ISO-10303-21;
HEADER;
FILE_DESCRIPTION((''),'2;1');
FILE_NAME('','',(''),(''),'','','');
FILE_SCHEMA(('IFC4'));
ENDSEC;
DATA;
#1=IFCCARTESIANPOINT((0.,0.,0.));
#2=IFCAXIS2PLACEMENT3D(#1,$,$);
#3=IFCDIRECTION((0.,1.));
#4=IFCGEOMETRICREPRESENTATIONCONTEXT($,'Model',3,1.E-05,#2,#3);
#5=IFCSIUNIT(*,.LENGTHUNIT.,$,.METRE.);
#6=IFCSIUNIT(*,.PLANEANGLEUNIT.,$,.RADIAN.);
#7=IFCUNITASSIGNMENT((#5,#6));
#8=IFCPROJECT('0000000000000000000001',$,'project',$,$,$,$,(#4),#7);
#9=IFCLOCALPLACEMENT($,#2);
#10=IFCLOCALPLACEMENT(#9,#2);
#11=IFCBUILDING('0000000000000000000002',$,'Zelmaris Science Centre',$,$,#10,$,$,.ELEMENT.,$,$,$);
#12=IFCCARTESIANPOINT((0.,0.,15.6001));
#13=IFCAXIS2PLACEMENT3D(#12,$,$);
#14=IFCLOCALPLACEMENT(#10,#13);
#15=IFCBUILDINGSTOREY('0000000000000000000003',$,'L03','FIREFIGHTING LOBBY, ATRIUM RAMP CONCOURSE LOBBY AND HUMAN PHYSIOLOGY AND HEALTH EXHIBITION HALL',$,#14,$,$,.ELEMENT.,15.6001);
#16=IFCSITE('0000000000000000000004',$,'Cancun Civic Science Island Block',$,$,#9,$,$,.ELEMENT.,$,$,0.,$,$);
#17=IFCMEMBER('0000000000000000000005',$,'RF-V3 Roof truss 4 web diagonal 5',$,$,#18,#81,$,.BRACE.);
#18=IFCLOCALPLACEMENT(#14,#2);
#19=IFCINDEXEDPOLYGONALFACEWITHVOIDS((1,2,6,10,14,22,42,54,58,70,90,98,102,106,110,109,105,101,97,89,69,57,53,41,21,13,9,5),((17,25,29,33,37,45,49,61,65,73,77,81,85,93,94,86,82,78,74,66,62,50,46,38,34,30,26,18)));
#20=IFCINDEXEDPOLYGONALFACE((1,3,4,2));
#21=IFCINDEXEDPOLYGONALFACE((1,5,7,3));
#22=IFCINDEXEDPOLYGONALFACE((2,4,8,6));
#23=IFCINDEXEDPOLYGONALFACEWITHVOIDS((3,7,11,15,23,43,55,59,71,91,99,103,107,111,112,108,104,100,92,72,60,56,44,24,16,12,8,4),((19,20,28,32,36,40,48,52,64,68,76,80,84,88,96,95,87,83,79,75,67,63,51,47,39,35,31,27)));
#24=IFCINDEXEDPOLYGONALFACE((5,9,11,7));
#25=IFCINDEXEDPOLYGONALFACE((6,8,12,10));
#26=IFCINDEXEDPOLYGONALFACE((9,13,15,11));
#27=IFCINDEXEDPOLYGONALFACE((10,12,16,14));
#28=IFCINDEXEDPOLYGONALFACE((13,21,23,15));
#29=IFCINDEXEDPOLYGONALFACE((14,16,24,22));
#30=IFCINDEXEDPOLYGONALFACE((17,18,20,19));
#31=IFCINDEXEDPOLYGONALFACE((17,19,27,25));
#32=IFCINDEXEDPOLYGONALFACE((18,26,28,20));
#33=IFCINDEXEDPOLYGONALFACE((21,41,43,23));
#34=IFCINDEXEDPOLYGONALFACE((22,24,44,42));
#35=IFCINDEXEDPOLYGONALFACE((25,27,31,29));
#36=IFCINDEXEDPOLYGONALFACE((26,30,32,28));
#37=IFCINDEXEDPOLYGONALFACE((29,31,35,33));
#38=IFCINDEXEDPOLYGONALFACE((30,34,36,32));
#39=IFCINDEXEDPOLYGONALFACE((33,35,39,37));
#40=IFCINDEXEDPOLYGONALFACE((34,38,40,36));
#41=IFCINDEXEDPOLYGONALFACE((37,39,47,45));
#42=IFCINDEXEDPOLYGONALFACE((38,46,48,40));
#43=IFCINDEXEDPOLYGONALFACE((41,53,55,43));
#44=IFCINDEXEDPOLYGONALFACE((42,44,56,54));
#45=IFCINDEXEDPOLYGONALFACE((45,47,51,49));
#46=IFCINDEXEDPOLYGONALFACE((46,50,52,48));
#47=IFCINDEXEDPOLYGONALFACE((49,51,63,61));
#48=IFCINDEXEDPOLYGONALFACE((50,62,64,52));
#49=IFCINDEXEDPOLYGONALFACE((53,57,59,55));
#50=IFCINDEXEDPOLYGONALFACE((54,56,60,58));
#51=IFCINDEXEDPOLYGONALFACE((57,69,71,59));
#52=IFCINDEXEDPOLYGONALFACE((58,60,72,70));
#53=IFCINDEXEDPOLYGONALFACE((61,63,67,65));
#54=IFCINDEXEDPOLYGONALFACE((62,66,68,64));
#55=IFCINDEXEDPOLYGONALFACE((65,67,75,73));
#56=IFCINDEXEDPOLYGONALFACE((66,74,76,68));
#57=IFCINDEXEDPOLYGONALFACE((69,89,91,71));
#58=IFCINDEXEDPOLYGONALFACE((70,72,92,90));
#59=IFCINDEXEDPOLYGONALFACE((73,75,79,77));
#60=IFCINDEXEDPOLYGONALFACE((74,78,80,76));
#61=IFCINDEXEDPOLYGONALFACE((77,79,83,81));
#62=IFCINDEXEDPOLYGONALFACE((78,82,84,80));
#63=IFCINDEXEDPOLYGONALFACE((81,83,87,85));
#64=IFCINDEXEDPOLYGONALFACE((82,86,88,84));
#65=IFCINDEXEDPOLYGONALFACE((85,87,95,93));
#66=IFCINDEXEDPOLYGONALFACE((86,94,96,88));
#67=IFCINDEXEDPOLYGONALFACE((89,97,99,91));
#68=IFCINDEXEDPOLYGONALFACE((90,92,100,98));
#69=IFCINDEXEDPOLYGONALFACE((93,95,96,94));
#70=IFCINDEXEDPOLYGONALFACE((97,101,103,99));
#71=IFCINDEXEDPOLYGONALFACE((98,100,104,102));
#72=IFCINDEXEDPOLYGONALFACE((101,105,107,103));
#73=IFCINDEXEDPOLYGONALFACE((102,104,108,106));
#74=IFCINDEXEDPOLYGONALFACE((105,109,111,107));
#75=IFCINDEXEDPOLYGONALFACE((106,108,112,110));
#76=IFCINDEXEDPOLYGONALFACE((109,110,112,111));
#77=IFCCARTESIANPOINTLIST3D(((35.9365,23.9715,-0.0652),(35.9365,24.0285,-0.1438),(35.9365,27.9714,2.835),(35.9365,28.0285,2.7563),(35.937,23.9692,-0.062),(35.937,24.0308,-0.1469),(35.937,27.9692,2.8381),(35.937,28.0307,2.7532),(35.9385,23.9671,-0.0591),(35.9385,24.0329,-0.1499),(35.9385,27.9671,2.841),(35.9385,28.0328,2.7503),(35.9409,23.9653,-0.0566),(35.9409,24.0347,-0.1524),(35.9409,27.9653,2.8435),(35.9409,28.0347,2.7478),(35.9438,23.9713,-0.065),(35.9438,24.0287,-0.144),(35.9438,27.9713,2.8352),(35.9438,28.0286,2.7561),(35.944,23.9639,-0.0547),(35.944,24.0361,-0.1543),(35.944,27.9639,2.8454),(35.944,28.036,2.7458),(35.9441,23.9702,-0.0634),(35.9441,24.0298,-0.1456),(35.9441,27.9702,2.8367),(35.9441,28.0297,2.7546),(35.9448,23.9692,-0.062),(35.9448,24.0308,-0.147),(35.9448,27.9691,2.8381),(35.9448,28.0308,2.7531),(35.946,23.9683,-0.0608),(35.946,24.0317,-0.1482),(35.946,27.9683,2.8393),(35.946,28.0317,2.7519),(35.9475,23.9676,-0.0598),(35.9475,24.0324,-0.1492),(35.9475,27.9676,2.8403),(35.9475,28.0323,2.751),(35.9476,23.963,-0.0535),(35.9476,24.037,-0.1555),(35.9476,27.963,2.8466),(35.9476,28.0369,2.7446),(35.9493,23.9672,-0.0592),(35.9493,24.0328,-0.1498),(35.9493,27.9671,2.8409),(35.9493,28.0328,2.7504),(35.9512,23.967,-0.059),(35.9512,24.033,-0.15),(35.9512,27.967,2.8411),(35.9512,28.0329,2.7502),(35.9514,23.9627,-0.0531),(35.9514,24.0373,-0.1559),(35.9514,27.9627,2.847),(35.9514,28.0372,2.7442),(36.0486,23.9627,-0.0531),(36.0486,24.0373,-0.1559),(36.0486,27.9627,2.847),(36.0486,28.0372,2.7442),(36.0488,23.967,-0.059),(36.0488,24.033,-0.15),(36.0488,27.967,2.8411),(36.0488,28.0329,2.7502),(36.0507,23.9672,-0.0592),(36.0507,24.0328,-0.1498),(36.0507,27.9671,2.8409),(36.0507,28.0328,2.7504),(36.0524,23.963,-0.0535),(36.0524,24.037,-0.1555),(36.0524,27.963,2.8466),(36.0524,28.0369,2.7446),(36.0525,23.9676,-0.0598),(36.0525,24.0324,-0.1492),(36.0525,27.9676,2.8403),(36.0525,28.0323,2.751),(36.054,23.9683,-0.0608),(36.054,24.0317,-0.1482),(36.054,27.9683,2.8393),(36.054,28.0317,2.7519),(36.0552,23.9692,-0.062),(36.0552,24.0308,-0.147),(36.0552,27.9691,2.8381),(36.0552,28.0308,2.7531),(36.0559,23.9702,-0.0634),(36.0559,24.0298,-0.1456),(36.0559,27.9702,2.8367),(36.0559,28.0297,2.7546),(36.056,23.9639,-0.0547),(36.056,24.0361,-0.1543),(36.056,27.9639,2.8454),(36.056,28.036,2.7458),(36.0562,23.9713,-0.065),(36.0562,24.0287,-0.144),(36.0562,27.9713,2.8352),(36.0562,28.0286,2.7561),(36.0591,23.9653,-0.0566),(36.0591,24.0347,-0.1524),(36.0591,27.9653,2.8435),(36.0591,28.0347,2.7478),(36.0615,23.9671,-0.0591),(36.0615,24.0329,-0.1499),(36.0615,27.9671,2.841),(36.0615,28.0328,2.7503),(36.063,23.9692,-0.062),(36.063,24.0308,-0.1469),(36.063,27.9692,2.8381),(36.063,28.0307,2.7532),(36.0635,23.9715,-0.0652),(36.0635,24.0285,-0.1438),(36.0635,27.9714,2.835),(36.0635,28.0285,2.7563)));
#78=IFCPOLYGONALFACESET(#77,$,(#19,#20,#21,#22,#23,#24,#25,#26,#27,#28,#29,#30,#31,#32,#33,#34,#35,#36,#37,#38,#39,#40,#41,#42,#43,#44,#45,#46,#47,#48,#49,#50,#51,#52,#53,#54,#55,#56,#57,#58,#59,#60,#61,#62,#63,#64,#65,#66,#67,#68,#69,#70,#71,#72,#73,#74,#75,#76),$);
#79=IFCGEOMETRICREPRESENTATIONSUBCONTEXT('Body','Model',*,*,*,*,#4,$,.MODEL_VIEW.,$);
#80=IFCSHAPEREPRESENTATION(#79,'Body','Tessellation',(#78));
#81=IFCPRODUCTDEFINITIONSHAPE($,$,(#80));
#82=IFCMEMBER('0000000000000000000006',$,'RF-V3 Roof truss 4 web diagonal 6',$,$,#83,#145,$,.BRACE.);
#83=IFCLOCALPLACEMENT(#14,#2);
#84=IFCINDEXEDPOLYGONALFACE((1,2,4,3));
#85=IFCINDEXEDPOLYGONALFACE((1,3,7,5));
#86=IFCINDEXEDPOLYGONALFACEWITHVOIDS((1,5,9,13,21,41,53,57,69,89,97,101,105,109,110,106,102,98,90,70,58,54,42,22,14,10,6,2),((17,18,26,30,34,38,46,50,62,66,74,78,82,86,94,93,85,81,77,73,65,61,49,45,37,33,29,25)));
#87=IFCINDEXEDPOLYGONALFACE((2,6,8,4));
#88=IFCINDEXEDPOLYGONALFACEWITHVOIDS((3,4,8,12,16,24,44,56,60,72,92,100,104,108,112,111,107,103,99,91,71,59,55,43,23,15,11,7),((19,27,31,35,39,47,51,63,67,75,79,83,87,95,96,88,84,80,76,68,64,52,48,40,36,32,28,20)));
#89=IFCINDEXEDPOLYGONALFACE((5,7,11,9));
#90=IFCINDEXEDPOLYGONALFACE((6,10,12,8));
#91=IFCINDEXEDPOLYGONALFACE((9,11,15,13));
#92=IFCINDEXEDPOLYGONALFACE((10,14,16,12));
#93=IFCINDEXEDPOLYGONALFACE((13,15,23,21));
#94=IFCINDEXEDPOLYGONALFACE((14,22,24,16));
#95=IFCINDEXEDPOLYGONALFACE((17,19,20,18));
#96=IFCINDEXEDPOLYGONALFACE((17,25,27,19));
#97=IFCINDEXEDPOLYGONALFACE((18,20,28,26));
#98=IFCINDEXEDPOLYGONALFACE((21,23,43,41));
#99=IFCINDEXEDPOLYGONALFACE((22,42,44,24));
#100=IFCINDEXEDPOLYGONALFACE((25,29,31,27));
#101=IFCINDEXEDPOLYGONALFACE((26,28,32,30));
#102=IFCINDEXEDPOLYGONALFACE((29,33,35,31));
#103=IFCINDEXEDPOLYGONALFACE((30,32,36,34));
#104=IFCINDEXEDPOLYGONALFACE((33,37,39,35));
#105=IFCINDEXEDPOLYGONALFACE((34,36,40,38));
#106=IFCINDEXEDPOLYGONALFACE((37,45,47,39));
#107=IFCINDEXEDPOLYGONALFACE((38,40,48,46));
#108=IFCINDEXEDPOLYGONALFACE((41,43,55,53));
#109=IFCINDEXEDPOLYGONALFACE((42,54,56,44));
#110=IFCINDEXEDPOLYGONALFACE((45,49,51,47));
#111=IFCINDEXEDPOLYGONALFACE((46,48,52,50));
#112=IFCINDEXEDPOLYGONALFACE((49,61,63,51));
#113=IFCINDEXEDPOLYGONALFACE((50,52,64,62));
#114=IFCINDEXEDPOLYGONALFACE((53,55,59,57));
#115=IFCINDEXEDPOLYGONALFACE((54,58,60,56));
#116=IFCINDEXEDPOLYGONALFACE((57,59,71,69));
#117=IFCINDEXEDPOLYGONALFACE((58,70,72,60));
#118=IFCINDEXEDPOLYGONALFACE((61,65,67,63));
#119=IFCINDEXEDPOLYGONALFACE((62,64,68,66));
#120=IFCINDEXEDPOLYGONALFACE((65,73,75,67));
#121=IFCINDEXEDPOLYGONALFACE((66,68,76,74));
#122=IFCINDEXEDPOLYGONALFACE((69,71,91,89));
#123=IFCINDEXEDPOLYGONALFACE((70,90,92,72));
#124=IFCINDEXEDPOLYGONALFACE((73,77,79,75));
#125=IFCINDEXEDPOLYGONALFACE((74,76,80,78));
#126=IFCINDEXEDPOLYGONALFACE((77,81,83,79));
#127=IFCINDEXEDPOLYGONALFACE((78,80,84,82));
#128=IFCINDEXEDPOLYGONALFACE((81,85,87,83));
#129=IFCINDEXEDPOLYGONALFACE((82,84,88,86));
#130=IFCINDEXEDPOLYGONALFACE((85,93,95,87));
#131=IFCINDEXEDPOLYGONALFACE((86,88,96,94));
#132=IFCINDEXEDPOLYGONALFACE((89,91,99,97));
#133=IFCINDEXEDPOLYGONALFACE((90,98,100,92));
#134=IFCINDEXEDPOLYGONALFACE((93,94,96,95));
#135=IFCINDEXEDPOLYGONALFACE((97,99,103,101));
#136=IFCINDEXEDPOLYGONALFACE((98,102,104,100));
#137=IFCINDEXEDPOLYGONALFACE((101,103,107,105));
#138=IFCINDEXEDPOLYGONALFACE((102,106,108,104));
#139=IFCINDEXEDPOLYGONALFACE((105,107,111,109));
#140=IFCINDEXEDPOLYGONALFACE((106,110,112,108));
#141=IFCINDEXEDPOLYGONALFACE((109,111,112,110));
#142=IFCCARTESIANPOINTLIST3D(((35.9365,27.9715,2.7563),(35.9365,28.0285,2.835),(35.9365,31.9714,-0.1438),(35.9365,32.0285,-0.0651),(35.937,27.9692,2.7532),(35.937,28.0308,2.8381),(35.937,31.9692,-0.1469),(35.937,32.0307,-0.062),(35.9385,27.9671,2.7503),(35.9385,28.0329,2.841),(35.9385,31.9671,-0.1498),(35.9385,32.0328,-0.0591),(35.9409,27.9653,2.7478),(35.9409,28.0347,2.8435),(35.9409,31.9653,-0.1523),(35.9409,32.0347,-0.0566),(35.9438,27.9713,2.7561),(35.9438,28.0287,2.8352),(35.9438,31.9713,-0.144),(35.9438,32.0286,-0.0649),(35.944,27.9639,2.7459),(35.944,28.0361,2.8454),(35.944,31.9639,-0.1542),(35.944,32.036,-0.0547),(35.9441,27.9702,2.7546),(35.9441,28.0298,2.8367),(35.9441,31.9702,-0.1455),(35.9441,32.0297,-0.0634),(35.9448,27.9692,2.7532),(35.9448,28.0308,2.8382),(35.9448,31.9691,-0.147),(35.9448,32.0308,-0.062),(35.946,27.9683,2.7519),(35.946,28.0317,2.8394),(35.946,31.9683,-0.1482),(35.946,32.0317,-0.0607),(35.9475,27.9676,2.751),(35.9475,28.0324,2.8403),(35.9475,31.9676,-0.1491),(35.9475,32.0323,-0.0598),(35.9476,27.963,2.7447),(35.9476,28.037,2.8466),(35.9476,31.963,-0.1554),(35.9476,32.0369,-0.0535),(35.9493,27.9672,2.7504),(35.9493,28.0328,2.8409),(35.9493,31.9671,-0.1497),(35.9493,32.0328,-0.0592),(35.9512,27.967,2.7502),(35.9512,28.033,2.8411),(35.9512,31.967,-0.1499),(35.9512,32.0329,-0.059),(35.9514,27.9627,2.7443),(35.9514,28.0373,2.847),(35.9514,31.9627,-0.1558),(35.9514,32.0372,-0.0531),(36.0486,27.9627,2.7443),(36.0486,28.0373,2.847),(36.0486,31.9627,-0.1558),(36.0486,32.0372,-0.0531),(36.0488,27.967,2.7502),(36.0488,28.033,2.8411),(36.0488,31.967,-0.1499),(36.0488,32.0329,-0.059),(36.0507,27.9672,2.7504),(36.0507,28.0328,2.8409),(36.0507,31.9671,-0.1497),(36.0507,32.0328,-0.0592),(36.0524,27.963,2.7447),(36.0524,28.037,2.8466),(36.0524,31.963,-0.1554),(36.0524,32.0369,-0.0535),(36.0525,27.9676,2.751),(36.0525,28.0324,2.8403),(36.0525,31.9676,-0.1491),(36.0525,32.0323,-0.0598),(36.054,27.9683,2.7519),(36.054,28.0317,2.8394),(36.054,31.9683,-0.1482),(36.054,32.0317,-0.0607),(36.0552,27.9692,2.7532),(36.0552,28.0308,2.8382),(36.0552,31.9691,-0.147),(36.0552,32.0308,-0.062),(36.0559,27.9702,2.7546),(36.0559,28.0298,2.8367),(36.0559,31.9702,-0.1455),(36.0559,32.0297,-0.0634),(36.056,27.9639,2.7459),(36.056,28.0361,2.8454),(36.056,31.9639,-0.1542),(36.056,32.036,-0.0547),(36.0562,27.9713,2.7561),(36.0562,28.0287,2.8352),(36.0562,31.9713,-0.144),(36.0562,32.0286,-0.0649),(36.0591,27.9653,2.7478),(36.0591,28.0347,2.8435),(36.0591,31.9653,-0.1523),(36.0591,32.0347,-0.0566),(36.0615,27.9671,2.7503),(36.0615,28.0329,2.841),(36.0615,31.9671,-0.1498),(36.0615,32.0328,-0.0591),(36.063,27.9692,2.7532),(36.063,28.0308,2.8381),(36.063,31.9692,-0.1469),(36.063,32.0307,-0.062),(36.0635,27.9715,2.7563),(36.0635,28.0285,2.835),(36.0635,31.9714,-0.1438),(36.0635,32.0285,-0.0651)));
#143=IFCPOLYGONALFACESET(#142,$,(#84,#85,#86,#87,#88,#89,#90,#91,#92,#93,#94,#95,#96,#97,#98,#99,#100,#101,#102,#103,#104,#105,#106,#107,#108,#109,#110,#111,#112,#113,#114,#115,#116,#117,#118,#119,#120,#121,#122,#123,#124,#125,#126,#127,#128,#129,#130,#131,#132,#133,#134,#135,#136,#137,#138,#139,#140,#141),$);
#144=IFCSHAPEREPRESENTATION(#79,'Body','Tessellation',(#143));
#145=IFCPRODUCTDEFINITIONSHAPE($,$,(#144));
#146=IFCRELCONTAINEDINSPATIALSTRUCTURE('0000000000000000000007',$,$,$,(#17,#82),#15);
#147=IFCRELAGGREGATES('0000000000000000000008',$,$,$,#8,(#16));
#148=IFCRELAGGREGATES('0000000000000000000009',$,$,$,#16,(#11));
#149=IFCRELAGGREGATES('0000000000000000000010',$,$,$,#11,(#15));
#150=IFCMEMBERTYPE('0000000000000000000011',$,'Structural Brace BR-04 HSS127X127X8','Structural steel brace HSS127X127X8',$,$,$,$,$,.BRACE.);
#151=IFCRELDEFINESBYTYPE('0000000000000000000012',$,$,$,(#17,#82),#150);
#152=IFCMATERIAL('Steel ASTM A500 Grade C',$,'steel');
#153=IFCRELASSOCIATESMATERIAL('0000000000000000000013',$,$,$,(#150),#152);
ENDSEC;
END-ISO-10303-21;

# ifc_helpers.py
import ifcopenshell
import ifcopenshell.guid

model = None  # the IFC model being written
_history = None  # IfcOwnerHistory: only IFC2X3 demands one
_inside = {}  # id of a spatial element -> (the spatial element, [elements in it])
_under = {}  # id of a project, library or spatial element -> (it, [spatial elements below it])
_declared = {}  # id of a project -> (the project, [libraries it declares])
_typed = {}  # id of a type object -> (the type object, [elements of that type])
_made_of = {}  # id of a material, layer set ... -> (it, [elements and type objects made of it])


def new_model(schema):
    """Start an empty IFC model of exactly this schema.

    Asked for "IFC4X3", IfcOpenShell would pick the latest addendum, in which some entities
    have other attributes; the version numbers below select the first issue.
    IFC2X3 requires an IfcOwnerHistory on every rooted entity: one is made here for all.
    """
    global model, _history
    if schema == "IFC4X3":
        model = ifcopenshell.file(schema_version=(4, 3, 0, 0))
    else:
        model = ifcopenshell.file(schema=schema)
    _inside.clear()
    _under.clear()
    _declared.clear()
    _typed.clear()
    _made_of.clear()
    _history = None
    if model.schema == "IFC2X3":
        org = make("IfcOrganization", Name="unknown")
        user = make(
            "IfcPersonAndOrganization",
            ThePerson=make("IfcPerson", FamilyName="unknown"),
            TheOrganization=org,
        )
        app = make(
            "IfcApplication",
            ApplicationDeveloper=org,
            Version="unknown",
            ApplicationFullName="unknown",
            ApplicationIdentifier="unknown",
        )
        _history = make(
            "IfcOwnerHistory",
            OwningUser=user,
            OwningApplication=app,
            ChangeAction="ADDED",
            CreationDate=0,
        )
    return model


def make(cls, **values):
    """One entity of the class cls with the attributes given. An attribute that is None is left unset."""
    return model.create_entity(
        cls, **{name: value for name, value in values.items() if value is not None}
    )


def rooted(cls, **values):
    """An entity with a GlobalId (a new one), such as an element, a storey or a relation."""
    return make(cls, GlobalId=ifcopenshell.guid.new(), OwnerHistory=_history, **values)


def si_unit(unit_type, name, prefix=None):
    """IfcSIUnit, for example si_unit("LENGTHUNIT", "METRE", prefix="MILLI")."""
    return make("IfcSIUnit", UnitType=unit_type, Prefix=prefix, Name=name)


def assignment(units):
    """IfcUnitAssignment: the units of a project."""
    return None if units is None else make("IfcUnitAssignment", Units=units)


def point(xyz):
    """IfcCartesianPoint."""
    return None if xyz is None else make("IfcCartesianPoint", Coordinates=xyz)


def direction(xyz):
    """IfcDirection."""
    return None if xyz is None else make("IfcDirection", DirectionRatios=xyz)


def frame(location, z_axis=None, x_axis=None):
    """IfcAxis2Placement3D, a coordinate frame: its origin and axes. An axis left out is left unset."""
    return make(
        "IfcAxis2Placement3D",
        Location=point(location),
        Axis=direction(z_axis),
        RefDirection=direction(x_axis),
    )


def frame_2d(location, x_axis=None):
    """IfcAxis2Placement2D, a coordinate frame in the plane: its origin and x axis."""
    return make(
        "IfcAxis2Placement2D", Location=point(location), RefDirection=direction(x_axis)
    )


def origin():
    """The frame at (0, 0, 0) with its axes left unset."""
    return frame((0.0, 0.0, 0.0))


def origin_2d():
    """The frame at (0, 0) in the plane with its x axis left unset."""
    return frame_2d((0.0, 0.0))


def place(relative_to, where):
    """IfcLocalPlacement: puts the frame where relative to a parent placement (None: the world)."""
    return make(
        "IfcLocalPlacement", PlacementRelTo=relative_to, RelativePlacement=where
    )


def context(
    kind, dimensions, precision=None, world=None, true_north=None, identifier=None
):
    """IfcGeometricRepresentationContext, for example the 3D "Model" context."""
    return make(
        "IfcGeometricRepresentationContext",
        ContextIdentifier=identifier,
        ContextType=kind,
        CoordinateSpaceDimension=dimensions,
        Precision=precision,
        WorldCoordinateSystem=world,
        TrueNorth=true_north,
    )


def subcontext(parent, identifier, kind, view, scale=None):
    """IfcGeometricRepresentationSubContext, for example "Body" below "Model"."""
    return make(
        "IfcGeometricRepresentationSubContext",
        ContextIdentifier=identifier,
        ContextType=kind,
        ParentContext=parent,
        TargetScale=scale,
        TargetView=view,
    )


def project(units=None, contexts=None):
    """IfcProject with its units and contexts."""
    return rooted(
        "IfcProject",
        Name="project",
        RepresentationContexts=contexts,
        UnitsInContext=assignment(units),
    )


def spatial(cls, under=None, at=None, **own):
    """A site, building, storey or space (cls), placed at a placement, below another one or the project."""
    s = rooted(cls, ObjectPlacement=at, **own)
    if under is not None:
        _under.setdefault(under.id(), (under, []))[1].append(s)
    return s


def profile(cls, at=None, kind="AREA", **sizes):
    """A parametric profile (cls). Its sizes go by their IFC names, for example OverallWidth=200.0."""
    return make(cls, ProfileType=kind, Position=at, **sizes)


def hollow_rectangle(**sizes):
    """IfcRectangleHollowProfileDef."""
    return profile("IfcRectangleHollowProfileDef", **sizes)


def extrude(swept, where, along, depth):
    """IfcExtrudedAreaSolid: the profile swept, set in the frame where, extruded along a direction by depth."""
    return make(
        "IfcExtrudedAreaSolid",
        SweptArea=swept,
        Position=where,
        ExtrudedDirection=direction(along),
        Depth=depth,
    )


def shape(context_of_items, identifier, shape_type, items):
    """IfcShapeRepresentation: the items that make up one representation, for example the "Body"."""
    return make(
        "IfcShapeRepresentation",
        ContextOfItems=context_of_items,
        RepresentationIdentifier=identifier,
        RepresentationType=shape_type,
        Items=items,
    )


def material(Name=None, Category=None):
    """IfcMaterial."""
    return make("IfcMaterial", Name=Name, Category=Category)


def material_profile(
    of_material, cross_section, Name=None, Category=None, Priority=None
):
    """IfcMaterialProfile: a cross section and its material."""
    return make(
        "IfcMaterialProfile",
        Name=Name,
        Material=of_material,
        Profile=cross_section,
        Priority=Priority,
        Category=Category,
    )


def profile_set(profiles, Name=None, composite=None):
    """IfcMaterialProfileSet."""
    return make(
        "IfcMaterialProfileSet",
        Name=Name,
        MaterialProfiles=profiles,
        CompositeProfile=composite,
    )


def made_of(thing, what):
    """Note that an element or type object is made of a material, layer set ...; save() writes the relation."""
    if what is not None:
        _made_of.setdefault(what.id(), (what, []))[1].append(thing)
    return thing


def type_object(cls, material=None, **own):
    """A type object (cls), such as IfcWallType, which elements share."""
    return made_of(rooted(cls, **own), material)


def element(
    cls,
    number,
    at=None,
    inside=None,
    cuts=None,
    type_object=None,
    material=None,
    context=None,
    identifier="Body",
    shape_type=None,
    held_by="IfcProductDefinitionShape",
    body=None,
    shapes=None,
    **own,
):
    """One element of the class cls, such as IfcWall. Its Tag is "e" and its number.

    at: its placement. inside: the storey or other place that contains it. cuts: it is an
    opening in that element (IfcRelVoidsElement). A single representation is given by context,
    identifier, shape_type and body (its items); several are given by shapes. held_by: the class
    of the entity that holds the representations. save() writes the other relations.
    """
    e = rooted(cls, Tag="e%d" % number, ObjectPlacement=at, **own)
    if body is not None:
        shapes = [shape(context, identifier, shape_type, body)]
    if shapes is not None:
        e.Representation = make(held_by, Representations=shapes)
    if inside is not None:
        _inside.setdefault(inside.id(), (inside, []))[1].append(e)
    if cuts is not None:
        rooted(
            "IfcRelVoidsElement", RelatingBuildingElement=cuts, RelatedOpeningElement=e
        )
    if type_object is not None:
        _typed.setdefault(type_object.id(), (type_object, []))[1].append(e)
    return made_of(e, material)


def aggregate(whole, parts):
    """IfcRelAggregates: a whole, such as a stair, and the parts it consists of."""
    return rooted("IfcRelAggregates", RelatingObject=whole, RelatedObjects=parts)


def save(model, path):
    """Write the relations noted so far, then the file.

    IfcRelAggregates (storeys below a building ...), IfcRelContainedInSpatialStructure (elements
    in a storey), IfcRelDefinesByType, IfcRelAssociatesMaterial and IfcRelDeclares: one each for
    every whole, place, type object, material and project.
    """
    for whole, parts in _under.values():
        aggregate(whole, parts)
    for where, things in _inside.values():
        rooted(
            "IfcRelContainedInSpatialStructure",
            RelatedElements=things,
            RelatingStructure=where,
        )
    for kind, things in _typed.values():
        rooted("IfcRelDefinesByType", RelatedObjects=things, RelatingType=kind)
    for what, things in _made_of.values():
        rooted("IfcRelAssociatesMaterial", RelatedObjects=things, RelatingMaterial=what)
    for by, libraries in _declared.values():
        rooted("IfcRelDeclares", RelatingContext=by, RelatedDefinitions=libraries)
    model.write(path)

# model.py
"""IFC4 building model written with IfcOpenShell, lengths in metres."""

from ifc_helpers import new_model, si_unit, direction, frame, origin, origin_2d, place, context, subcontext, project, spatial, hollow_rectangle, extrude, material, material_profile, profile_set, type_object, element, save


model = new_model("IFC4")

# Units and contexts
model_context = context("Model", 3, precision=1e-05, world=origin(), true_north=direction((0.0, 1.0)))
body_context = subcontext(model_context, "Body", "Model", "MODEL_VIEW")
ifc_project = project(units=[si_unit("LENGTHUNIT", "METRE"), si_unit("PLANEANGLEUNIT", "RADIAN")], contexts=[model_context])

# Site, building, storey
site_placement = place(None, origin())
site = spatial("IfcSite", under=ifc_project, at=site_placement, Name="Cancun Civic Science Island Block", CompositionType="ELEMENT", RefElevation=0.0)
building_placement = place(site_placement, origin())
building = spatial("IfcBuilding", under=site, at=building_placement, Name="Zelmaris Science Centre", CompositionType="ELEMENT")
storey_placement = place(building_placement, frame((0.0, 0.0, 15.6001)))
storey = spatial("IfcBuildingStorey", under=building, at=storey_placement, Name="L03", Description="FIREFIGHTING LOBBY, ATRIUM RAMP CONCOURSE LOBBY AND HUMAN PHYSIOLOGY AND HEALTH EXHIBITION HALL", CompositionType="ELEMENT", Elevation=15.6001)

# Shared definitions
ifc_material_1 = material(Name="Steel ASTM A500 Grade C", Category="steel")

# Members
ifc_material_profile_1 = material_profile(ifc_material_1, hollow_rectangle(XDim=0.127, YDim=0.127, WallThickness=0.0073, InnerFilletRadius=0.0073, OuterFilletRadius=0.0149, at=origin_2d()), Name="HSS127X127X8")
ifc_profile_set_1 = profile_set([ifc_material_profile_1], Name="Steel ASTM A500 Grade C")
member_type_1 = type_object("IfcMemberType", Name="Structural Brace BR-04 HSS127X127X8", Description="Structural steel brace HSS127X127X8", PredefinedType="BRACE", material=ifc_profile_set_1)
for number, where, z_axis, x_axis, name in (
    (1, (36.0, 24.0, -0.1045), (0.0, 0.809596, 0.586987), (-1.0, 0.0, 0.0), "RF-V3 Roof truss 4 web diagonal 5"),
    (2, (36.0, 28.0, 2.7957), (0.0, 0.809596, -0.586987), (-1.0, 0.0, 0.0), "RF-V3 Roof truss 4 web diagonal 6"),
):
    element("IfcMember", number, at=place(storey_placement, frame(where, z_axis=z_axis, x_axis=x_axis)), inside=storey, type_object=member_type_1, Name=name, PredefinedType="BRACE", context=body_context, shape_type="SweptSolid", body=[
        extrude(hollow_rectangle(XDim=0.127, YDim=0.127, WallThickness=0.0073, InnerFilletRadius=0.0073, OuterFilletRadius=0.0149, at=origin_2d()), origin(), (0.0, 0.0, 1.0), 4.9407),
    ])

save(model, "model.ifc")
